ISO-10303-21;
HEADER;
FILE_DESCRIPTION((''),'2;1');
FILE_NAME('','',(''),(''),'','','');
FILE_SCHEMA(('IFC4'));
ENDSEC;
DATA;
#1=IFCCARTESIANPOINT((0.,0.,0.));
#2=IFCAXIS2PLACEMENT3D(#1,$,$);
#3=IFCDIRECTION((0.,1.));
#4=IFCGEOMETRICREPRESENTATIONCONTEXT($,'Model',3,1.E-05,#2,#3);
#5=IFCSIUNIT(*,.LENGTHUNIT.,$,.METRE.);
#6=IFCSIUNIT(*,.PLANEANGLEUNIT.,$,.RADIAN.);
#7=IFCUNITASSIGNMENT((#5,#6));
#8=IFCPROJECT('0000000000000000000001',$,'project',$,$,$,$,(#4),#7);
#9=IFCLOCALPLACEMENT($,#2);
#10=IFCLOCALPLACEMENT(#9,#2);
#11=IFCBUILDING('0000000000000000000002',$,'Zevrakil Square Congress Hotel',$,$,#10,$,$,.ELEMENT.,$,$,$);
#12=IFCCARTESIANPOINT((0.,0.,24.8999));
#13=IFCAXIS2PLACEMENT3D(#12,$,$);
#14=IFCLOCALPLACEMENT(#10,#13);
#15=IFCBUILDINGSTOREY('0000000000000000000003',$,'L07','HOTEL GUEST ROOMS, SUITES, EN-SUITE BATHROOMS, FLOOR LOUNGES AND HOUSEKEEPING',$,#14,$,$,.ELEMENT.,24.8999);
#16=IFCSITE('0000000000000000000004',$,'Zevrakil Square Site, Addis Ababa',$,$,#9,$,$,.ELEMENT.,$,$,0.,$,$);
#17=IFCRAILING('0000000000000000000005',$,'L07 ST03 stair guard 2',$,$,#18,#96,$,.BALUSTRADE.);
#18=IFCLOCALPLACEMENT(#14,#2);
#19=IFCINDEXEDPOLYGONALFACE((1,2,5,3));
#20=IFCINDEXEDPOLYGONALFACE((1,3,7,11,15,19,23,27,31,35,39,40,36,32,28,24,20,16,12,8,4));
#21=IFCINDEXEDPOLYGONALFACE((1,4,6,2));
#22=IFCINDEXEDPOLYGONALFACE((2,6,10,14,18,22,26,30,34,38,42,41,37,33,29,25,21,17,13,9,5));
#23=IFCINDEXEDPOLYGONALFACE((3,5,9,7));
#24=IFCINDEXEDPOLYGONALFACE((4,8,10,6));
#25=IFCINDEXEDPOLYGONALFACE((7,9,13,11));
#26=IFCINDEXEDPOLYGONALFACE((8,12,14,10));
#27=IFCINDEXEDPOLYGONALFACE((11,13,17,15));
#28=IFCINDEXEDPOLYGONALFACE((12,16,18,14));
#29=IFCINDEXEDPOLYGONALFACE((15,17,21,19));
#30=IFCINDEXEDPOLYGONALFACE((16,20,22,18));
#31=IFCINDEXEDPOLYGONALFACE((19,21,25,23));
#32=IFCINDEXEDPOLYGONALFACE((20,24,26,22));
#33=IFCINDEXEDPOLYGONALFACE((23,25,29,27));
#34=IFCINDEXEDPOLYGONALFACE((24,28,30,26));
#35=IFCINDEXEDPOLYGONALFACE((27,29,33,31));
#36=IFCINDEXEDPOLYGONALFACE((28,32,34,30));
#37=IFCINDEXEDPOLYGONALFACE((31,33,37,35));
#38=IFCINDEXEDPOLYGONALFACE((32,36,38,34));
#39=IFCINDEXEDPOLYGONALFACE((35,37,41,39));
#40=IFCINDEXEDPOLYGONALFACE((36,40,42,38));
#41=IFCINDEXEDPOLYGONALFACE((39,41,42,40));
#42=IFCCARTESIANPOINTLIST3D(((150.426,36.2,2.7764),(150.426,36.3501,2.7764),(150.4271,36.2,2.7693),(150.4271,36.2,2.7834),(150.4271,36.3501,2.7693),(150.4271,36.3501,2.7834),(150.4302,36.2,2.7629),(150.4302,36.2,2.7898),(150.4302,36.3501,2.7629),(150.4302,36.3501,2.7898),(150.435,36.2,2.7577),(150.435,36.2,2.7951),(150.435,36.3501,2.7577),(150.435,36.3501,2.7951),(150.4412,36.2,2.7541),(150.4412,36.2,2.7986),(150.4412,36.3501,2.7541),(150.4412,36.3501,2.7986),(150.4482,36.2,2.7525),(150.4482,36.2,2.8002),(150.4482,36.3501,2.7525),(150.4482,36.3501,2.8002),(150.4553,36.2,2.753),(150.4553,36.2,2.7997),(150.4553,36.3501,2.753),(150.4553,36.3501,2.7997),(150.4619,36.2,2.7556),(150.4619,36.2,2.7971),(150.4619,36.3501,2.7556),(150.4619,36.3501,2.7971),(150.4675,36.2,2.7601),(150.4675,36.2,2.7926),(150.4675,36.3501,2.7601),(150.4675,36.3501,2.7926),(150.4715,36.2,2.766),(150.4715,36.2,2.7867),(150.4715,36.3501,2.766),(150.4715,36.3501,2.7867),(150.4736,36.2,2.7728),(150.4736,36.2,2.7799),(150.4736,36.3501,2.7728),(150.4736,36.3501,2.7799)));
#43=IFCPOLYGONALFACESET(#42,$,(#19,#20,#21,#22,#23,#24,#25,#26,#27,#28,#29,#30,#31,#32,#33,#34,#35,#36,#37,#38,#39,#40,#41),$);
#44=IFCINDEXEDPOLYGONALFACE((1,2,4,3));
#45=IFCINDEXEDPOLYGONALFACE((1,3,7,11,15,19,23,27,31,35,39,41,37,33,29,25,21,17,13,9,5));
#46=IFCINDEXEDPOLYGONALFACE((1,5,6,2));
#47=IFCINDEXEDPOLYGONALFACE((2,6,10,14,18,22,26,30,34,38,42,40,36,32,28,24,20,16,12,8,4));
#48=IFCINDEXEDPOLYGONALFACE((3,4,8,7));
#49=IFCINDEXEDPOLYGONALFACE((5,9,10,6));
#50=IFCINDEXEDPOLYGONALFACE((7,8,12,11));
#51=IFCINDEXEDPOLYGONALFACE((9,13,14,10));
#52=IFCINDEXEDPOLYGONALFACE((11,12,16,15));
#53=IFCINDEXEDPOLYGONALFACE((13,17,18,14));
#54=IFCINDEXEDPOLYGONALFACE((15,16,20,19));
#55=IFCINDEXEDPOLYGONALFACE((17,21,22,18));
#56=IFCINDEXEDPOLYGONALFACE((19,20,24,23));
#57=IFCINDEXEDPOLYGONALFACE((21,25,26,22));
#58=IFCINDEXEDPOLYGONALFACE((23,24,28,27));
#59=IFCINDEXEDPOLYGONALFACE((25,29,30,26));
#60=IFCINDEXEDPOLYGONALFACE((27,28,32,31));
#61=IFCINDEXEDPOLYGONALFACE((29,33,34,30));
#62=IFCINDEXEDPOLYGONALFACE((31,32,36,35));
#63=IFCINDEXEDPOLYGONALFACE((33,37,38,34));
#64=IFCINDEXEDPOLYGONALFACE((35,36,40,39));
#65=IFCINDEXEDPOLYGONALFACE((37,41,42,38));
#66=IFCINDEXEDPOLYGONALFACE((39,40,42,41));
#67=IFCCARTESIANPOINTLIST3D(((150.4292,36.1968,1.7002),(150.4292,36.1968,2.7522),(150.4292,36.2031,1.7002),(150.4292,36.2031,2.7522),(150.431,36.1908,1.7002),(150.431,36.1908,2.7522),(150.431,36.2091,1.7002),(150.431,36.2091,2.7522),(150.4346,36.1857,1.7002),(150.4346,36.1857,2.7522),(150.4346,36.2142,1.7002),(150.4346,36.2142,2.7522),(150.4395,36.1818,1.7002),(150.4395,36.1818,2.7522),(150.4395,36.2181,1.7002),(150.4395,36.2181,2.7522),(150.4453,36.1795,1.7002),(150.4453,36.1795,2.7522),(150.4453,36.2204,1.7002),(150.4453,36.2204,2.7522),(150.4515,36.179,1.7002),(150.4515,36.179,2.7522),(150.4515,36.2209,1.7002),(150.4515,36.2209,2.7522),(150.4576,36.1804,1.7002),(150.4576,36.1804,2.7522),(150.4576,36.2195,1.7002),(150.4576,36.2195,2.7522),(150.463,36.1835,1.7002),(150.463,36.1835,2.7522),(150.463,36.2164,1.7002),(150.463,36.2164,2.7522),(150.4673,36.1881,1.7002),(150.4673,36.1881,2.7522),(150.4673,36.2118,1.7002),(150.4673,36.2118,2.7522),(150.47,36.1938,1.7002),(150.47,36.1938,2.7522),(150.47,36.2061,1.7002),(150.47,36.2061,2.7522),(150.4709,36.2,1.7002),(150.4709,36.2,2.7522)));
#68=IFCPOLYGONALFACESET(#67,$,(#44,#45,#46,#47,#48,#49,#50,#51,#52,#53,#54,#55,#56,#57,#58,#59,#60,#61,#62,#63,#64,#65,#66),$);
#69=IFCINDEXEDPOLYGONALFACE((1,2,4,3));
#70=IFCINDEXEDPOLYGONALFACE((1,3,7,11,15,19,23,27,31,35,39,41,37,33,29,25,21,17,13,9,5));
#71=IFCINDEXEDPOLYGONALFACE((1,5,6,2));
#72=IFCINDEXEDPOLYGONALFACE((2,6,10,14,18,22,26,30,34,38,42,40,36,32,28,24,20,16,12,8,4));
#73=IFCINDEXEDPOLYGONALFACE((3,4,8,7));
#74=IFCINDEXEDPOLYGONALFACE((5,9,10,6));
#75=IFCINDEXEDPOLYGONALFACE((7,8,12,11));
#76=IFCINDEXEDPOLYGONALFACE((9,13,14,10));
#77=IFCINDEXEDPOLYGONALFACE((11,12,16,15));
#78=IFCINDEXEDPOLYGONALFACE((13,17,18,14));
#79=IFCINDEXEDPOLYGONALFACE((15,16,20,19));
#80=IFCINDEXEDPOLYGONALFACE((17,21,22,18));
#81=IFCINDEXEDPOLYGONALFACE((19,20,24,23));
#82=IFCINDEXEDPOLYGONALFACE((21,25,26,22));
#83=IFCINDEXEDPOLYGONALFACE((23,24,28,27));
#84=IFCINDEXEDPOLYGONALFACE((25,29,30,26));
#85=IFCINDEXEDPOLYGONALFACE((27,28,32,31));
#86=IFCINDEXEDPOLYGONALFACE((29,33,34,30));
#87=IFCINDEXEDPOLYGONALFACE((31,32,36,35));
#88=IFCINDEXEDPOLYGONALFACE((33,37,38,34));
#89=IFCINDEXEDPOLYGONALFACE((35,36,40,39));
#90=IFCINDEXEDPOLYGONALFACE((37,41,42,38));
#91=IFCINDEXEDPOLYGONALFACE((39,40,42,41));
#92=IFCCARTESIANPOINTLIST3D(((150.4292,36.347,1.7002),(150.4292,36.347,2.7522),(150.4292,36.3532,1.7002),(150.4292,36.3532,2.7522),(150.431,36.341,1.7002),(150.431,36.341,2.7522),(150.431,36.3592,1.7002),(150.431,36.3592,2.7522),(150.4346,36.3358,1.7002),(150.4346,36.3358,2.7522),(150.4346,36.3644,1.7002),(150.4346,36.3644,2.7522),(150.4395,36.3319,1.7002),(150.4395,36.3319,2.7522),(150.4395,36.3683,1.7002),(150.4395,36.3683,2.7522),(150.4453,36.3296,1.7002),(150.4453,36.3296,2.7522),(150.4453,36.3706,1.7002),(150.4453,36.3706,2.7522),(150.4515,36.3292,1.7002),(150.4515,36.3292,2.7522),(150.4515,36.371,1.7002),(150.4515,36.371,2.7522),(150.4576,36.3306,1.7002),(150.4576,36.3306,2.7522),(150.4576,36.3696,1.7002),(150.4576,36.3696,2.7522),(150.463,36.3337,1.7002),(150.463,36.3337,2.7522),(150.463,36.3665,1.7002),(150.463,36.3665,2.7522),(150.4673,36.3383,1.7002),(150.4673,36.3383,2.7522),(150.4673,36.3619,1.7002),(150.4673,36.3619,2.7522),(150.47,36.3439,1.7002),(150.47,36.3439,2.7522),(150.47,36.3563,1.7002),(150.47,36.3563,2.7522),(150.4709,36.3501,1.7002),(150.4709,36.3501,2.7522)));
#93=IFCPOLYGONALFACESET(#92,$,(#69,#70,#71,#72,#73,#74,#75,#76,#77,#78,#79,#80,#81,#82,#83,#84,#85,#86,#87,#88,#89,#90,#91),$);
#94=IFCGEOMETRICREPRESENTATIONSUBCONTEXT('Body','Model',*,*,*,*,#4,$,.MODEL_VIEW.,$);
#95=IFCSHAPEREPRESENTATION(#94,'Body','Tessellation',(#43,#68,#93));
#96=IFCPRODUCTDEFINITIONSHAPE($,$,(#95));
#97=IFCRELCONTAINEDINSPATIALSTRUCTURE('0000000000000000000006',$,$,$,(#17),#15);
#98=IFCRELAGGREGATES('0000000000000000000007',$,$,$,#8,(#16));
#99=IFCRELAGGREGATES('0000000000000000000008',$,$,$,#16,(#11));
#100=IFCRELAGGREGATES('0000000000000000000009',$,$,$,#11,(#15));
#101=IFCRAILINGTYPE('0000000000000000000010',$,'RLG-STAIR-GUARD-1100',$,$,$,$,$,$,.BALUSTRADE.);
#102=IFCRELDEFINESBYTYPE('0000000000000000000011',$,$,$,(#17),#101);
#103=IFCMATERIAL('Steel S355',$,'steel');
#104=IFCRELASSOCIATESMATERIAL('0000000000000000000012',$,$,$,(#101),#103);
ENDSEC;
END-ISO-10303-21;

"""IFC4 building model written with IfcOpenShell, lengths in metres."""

from ifc_helpers import new_model, si_unit, direction, frame, origin, origin_2d, place, context, subcontext, project, spatial, circle, extrude, material, type_object, element, save


model = new_model("IFC4")

# Units and contexts
model_context = context("Model", 3, precision=1e-05, world=origin(), true_north=direction((0.0, 1.0)))
body_context = subcontext(model_context, "Body", "Model", "MODEL_VIEW")
ifc_project = project(units=[si_unit("LENGTHUNIT", "METRE"), si_unit("PLANEANGLEUNIT", "RADIAN")], contexts=[model_context])

# Site, building, storey
site_placement = place(None, origin())
site = spatial("IfcSite", under=ifc_project, at=site_placement, Name="Zevrakil Square Site, Addis Ababa", CompositionType="ELEMENT", RefElevation=0.0)
building_placement = place(site_placement, origin())
building = spatial("IfcBuilding", under=site, at=building_placement, Name="Zevrakil Square Congress Hotel", CompositionType="ELEMENT")
storey_placement = place(building_placement, frame((0.0, 0.0, 24.8999)))
storey = spatial("IfcBuildingStorey", under=building, at=storey_placement, Name="L07", Description="HOTEL GUEST ROOMS, SUITES, EN-SUITE BATHROOMS, FLOOR LOUNGES AND HOUSEKEEPING", CompositionType="ELEMENT", Elevation=24.8999)

# Railing
ifc_material_1 = material(Name="Steel S355", Category="steel")
railing_type_1 = type_object("IfcRailingType", Name="RLG-STAIR-GUARD-1100", PredefinedType="BALUSTRADE", material=ifc_material_1)
railing_1_placement = place(storey_placement, frame((150.45, 36.2, 1.7002)))
element("IfcRailing", 1, at=railing_1_placement, inside=storey, type_object=railing_type_1, Name="L07 ST03 stair guard 2", PredefinedType="BALUSTRADE", context=body_context, shape_type="SweptSolid", body=[
    extrude(circle(Radius=0.0239, at=origin_2d()), frame((0.0, 0.0, 1.0762), z_axis=(0.0, 1.0, 0.0), x_axis=(-1.0, 0.0, 0.0)), (0.0, 0.0, 1.0), 0.1501),
    extrude(circle(Radius=0.021, at=origin_2d()), origin(), (0.0, 0.0, 1.0), 1.052),
    extrude(circle(Radius=0.021, at=origin_2d()), frame((0.0, 0.1501, 0.0)), (0.0, 0.0, 1.0), 1.052),
])

save(model, "model.ifc")
